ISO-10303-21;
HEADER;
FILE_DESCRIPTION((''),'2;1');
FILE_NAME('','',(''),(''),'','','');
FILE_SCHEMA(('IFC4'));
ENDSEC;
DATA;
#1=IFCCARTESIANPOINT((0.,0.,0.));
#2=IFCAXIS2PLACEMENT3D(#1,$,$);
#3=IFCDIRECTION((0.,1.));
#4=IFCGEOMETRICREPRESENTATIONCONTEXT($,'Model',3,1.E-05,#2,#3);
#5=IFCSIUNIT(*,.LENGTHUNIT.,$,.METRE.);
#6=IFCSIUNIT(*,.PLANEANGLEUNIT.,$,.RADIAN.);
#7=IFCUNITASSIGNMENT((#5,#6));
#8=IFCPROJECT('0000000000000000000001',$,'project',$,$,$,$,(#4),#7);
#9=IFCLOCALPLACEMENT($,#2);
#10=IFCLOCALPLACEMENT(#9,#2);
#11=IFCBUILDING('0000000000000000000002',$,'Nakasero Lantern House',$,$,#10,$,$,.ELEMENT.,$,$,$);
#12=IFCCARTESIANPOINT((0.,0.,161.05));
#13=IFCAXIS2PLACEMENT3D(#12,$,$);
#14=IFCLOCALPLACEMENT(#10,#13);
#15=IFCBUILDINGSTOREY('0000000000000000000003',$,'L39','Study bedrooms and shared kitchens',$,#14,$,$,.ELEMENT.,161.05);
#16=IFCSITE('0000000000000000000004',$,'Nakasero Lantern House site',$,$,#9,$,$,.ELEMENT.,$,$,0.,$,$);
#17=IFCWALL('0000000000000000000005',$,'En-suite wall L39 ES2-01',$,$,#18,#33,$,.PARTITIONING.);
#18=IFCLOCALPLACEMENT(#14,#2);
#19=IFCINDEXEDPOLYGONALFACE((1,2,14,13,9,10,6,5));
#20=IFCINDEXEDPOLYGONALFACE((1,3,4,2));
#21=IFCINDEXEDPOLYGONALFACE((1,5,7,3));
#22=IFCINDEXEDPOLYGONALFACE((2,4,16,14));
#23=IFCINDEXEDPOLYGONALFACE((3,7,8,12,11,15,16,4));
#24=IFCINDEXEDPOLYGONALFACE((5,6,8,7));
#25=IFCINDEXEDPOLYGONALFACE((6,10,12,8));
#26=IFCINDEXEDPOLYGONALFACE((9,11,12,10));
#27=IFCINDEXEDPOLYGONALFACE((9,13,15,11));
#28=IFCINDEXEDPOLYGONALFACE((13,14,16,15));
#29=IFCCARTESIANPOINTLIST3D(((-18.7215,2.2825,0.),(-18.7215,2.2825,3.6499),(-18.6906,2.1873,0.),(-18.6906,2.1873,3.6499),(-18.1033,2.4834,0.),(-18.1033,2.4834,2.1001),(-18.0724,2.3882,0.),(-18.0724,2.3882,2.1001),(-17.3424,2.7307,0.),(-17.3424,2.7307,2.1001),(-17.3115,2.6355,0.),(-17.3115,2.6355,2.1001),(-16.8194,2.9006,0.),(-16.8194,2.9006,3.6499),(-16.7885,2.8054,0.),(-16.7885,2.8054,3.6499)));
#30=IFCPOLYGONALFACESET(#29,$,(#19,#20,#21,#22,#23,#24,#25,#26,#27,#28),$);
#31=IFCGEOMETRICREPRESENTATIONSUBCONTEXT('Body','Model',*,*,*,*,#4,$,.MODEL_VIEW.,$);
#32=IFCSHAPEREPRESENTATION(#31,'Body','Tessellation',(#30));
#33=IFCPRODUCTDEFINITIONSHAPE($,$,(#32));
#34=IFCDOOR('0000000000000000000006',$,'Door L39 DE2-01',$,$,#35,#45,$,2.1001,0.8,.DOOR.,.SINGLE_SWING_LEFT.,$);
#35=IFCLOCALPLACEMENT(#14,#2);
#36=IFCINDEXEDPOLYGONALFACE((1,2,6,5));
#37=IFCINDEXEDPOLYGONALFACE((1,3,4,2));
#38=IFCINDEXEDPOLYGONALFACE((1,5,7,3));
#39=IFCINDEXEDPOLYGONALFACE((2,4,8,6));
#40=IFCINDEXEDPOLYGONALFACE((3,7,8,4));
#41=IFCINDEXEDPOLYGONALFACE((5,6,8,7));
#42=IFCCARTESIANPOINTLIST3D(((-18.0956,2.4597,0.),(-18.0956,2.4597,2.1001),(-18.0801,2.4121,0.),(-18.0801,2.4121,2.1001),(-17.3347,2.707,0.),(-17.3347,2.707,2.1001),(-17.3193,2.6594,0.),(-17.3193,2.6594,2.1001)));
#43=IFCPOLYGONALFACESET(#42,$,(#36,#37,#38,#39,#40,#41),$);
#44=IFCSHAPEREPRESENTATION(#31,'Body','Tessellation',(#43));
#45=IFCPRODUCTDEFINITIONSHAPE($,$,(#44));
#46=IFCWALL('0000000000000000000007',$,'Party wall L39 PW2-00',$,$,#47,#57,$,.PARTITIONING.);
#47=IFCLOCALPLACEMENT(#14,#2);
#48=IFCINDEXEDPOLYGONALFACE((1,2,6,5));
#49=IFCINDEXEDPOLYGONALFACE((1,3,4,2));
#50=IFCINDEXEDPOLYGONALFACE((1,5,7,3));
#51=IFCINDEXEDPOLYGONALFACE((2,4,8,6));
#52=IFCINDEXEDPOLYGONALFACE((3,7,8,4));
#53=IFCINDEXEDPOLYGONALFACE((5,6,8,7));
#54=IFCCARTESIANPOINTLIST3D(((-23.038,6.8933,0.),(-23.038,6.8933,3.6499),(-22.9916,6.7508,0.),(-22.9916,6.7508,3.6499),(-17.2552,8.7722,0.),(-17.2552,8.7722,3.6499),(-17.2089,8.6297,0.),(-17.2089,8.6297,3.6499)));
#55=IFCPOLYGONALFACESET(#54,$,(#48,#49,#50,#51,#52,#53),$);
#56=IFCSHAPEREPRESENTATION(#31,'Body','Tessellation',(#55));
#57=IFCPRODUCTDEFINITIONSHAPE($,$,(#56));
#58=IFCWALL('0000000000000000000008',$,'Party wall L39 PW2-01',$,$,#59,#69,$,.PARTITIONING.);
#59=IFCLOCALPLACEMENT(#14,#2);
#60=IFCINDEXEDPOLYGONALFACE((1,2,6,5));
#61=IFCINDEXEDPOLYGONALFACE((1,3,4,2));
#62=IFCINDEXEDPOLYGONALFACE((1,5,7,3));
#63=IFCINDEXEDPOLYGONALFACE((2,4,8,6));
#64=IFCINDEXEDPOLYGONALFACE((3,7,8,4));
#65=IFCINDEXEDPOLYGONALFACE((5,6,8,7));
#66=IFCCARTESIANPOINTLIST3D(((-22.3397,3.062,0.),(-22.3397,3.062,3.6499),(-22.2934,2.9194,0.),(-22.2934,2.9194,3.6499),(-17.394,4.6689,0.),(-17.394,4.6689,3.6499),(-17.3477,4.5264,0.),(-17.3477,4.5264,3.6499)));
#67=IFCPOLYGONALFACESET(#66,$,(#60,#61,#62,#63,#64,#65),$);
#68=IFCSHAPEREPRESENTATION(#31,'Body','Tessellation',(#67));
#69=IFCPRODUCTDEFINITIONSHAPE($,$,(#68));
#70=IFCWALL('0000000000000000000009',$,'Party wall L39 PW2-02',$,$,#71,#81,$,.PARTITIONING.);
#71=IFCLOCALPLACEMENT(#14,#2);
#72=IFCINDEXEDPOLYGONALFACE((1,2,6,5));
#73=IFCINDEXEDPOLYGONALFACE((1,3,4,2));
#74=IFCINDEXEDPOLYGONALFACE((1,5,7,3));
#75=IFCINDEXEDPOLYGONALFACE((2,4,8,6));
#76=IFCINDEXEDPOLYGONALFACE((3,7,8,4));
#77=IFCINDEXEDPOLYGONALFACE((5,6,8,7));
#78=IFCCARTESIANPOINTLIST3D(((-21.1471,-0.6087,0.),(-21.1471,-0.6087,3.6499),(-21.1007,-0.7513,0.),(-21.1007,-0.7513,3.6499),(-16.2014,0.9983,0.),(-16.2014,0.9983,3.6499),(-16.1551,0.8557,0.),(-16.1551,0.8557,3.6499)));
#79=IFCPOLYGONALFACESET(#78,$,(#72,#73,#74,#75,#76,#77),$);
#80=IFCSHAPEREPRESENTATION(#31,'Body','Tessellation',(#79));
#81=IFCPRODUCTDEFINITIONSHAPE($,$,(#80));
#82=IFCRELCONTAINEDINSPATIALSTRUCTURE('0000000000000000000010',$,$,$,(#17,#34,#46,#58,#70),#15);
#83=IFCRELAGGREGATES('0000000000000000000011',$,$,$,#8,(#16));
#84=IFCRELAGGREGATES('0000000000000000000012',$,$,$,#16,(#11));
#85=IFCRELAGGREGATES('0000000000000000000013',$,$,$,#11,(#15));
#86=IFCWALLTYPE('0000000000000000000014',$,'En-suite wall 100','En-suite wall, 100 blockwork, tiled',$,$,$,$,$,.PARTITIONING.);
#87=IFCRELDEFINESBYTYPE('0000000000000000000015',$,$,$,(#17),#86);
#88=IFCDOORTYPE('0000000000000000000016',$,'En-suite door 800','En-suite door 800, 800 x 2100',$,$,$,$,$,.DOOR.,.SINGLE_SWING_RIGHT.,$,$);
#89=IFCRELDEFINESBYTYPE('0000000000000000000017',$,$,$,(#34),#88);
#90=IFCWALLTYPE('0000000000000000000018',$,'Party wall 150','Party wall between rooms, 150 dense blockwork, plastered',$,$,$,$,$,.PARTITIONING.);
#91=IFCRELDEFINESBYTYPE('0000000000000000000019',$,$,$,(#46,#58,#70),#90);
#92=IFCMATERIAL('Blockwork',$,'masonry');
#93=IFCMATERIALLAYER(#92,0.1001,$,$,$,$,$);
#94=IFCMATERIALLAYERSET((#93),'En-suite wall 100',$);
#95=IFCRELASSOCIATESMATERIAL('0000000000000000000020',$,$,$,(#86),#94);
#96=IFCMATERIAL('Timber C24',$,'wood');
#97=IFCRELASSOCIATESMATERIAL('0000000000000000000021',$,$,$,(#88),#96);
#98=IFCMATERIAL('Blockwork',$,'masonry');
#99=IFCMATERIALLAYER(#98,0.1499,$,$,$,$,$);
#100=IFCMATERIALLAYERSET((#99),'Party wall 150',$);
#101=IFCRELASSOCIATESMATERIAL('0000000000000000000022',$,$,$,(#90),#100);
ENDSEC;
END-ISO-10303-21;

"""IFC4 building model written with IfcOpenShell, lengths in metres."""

from ifc_helpers import new_model, si_unit, direction, frame, frame_2d, origin, place, context, subcontext, project, spatial, rectangle, extrude, material, layer, layer_set, type_object, element, fill, save


model = new_model("IFC4")

# Units and contexts
model_context = context("Model", 3, precision=1e-05, world=origin(), true_north=direction((0.0, 1.0)))
body_context = subcontext(model_context, "Body", "Model", "MODEL_VIEW")
ifc_project = project(units=[si_unit("LENGTHUNIT", "METRE"), si_unit("PLANEANGLEUNIT", "RADIAN")], contexts=[model_context])

# Site, building, storey
site_placement = place(None, origin())
site = spatial("IfcSite", under=ifc_project, at=site_placement, Name="Nakasero Lantern House site", CompositionType="ELEMENT", RefElevation=0.0)
building_placement = place(site_placement, origin())
building = spatial("IfcBuilding", under=site, at=building_placement, Name="Nakasero Lantern House", CompositionType="ELEMENT")
storey_placement = place(building_placement, frame((0.0, 0.0, 161.05)))
storey = spatial("IfcBuildingStorey", under=building, at=storey_placement, Name="L39", Description="Study bedrooms and shared kitchens", CompositionType="ELEMENT", Elevation=161.05)

# Wall, opening, door
ifc_material_1 = material(Name="Blockwork", Category="masonry")
ifc_layer_1 = layer(ifc_material_1, 0.1001)
ifc_layer_set_1 = layer_set([ifc_layer_1], Name="En-suite wall 100")
wall_type_1 = type_object("IfcWallType", Name="En-suite wall 100", Description="En-suite wall, 100 blockwork, tiled", PredefinedType="PARTITIONING", material=ifc_layer_set_1)
ifc_material_2 = material(Name="Timber C24", Category="wood")
door_type_1 = type_object("IfcDoorType", Name="En-suite door 800", Description="En-suite door 800, 800 x 2100", OperationType="SINGLE_SWING_RIGHT", PredefinedType="DOOR", material=ifc_material_2)
wall_1_placement = place(storey_placement, frame((-16.804, 2.853, 0.0), z_axis=(0.0, 0.0, 1.0), x_axis=(-0.951037, -0.309078, 0.0)))
wall_1 = element("IfcWall", 1, at=wall_1_placement, inside=storey, type_object=wall_type_1, Name="En-suite wall L39 ES2-01", PredefinedType="PARTITIONING", context=body_context, shape_type="SweptSolid", body=[
    extrude(rectangle(XDim=2.0, YDim=0.1001, at=frame_2d((1.0, 0.0))), origin(), (0.0, 0.0, 1.0), 3.6499),
])
opening_1_placement = place(wall_1_placement, frame((0.55, 0.0, 0.0)))
opening_1 = element("IfcOpeningElement", 2, at=opening_1_placement, cuts=wall_1, PredefinedType="OPENING", context=body_context, shape_type="SweptSolid", body=[
    extrude(rectangle(XDim=0.8, YDim=2.1001, at=frame_2d((0.3999, 1.05))), frame((0.0, 0.0701, 0.0), z_axis=(0.0, -1.0, 0.0), x_axis=(1.0, 0.0, 0.0)), (0.0, 0.0, 1.0), 0.1401),
])
door_1_placement = place(opening_1_placement, origin())
door_1 = element("IfcDoor", 3, at=door_1_placement, inside=storey, type_object=door_type_1, Name="Door L39 DE2-01", OperationType="SINGLE_SWING_LEFT", OverallHeight=2.1001, OverallWidth=0.8, PredefinedType="DOOR", context=body_context, shape_type="SweptSolid", body=[
    extrude(rectangle(XDim=0.8, YDim=2.1001, at=frame_2d((0.3999, 1.05))), frame((0.0, 0.0249, 0.0), z_axis=(0.0, -1.0, 0.0), x_axis=(1.0, 0.0, 0.0)), (0.0, 0.0, 1.0), 0.05),
])
fill(opening_1, door_1)

# Walls
ifc_material_3 = material(Name="Blockwork", Category="masonry")
ifc_layer_2 = layer(ifc_material_3, 0.1499)
ifc_layer_set_2 = layer_set([ifc_layer_2], Name="Party wall 150")
wall_type_2 = type_object("IfcWallType", Name="Party wall 150", Description="Party wall between rooms, 150 dense blockwork, plastered", PredefinedType="PARTITIONING", material=ifc_layer_set_2)
wall_2_placement = place(storey_placement, frame((-17.2322, 8.7009, 0.0), z_axis=(0.0, 0.0, 1.0), x_axis=(-0.951057, -0.309015, 0.0)))
element("IfcWall", 4, at=wall_2_placement, inside=storey, type_object=wall_type_2, Name="Party wall L39 PW2-00", PredefinedType="PARTITIONING", context=body_context, shape_type="SweptSolid", body=[
    extrude(rectangle(XDim=6.0803, YDim=0.1499, at=frame_2d((3.04, 0.0))), origin(), (0.0, 0.0, 1.0), 3.6499),
])
for number, where, z_axis, x_axis, name in (
    (5, (-17.3708, 4.5977, 0.0), (0.0, 0.0, 1.0), (-0.951055, -0.309021, 0.0), "Party wall L39 PW2-01"),
    (6, (-16.1782, 0.927, 0.0), (0.0, 0.0, 1.0), (-0.951055, -0.309021, 0.0), "Party wall L39 PW2-02"),
):
    element("IfcWall", number, at=place(storey_placement, frame(where, z_axis=z_axis, x_axis=x_axis)), inside=storey, type_object=wall_type_2, Name=name, PredefinedType="PARTITIONING", context=body_context, shape_type="SweptSolid", body=[
        extrude(rectangle(XDim=5.2002, YDim=0.1499, at=frame_2d((2.6001, 0.0))), origin(), (0.0, 0.0, 1.0), 3.6499),
    ])

save(model, "model.ifc")
